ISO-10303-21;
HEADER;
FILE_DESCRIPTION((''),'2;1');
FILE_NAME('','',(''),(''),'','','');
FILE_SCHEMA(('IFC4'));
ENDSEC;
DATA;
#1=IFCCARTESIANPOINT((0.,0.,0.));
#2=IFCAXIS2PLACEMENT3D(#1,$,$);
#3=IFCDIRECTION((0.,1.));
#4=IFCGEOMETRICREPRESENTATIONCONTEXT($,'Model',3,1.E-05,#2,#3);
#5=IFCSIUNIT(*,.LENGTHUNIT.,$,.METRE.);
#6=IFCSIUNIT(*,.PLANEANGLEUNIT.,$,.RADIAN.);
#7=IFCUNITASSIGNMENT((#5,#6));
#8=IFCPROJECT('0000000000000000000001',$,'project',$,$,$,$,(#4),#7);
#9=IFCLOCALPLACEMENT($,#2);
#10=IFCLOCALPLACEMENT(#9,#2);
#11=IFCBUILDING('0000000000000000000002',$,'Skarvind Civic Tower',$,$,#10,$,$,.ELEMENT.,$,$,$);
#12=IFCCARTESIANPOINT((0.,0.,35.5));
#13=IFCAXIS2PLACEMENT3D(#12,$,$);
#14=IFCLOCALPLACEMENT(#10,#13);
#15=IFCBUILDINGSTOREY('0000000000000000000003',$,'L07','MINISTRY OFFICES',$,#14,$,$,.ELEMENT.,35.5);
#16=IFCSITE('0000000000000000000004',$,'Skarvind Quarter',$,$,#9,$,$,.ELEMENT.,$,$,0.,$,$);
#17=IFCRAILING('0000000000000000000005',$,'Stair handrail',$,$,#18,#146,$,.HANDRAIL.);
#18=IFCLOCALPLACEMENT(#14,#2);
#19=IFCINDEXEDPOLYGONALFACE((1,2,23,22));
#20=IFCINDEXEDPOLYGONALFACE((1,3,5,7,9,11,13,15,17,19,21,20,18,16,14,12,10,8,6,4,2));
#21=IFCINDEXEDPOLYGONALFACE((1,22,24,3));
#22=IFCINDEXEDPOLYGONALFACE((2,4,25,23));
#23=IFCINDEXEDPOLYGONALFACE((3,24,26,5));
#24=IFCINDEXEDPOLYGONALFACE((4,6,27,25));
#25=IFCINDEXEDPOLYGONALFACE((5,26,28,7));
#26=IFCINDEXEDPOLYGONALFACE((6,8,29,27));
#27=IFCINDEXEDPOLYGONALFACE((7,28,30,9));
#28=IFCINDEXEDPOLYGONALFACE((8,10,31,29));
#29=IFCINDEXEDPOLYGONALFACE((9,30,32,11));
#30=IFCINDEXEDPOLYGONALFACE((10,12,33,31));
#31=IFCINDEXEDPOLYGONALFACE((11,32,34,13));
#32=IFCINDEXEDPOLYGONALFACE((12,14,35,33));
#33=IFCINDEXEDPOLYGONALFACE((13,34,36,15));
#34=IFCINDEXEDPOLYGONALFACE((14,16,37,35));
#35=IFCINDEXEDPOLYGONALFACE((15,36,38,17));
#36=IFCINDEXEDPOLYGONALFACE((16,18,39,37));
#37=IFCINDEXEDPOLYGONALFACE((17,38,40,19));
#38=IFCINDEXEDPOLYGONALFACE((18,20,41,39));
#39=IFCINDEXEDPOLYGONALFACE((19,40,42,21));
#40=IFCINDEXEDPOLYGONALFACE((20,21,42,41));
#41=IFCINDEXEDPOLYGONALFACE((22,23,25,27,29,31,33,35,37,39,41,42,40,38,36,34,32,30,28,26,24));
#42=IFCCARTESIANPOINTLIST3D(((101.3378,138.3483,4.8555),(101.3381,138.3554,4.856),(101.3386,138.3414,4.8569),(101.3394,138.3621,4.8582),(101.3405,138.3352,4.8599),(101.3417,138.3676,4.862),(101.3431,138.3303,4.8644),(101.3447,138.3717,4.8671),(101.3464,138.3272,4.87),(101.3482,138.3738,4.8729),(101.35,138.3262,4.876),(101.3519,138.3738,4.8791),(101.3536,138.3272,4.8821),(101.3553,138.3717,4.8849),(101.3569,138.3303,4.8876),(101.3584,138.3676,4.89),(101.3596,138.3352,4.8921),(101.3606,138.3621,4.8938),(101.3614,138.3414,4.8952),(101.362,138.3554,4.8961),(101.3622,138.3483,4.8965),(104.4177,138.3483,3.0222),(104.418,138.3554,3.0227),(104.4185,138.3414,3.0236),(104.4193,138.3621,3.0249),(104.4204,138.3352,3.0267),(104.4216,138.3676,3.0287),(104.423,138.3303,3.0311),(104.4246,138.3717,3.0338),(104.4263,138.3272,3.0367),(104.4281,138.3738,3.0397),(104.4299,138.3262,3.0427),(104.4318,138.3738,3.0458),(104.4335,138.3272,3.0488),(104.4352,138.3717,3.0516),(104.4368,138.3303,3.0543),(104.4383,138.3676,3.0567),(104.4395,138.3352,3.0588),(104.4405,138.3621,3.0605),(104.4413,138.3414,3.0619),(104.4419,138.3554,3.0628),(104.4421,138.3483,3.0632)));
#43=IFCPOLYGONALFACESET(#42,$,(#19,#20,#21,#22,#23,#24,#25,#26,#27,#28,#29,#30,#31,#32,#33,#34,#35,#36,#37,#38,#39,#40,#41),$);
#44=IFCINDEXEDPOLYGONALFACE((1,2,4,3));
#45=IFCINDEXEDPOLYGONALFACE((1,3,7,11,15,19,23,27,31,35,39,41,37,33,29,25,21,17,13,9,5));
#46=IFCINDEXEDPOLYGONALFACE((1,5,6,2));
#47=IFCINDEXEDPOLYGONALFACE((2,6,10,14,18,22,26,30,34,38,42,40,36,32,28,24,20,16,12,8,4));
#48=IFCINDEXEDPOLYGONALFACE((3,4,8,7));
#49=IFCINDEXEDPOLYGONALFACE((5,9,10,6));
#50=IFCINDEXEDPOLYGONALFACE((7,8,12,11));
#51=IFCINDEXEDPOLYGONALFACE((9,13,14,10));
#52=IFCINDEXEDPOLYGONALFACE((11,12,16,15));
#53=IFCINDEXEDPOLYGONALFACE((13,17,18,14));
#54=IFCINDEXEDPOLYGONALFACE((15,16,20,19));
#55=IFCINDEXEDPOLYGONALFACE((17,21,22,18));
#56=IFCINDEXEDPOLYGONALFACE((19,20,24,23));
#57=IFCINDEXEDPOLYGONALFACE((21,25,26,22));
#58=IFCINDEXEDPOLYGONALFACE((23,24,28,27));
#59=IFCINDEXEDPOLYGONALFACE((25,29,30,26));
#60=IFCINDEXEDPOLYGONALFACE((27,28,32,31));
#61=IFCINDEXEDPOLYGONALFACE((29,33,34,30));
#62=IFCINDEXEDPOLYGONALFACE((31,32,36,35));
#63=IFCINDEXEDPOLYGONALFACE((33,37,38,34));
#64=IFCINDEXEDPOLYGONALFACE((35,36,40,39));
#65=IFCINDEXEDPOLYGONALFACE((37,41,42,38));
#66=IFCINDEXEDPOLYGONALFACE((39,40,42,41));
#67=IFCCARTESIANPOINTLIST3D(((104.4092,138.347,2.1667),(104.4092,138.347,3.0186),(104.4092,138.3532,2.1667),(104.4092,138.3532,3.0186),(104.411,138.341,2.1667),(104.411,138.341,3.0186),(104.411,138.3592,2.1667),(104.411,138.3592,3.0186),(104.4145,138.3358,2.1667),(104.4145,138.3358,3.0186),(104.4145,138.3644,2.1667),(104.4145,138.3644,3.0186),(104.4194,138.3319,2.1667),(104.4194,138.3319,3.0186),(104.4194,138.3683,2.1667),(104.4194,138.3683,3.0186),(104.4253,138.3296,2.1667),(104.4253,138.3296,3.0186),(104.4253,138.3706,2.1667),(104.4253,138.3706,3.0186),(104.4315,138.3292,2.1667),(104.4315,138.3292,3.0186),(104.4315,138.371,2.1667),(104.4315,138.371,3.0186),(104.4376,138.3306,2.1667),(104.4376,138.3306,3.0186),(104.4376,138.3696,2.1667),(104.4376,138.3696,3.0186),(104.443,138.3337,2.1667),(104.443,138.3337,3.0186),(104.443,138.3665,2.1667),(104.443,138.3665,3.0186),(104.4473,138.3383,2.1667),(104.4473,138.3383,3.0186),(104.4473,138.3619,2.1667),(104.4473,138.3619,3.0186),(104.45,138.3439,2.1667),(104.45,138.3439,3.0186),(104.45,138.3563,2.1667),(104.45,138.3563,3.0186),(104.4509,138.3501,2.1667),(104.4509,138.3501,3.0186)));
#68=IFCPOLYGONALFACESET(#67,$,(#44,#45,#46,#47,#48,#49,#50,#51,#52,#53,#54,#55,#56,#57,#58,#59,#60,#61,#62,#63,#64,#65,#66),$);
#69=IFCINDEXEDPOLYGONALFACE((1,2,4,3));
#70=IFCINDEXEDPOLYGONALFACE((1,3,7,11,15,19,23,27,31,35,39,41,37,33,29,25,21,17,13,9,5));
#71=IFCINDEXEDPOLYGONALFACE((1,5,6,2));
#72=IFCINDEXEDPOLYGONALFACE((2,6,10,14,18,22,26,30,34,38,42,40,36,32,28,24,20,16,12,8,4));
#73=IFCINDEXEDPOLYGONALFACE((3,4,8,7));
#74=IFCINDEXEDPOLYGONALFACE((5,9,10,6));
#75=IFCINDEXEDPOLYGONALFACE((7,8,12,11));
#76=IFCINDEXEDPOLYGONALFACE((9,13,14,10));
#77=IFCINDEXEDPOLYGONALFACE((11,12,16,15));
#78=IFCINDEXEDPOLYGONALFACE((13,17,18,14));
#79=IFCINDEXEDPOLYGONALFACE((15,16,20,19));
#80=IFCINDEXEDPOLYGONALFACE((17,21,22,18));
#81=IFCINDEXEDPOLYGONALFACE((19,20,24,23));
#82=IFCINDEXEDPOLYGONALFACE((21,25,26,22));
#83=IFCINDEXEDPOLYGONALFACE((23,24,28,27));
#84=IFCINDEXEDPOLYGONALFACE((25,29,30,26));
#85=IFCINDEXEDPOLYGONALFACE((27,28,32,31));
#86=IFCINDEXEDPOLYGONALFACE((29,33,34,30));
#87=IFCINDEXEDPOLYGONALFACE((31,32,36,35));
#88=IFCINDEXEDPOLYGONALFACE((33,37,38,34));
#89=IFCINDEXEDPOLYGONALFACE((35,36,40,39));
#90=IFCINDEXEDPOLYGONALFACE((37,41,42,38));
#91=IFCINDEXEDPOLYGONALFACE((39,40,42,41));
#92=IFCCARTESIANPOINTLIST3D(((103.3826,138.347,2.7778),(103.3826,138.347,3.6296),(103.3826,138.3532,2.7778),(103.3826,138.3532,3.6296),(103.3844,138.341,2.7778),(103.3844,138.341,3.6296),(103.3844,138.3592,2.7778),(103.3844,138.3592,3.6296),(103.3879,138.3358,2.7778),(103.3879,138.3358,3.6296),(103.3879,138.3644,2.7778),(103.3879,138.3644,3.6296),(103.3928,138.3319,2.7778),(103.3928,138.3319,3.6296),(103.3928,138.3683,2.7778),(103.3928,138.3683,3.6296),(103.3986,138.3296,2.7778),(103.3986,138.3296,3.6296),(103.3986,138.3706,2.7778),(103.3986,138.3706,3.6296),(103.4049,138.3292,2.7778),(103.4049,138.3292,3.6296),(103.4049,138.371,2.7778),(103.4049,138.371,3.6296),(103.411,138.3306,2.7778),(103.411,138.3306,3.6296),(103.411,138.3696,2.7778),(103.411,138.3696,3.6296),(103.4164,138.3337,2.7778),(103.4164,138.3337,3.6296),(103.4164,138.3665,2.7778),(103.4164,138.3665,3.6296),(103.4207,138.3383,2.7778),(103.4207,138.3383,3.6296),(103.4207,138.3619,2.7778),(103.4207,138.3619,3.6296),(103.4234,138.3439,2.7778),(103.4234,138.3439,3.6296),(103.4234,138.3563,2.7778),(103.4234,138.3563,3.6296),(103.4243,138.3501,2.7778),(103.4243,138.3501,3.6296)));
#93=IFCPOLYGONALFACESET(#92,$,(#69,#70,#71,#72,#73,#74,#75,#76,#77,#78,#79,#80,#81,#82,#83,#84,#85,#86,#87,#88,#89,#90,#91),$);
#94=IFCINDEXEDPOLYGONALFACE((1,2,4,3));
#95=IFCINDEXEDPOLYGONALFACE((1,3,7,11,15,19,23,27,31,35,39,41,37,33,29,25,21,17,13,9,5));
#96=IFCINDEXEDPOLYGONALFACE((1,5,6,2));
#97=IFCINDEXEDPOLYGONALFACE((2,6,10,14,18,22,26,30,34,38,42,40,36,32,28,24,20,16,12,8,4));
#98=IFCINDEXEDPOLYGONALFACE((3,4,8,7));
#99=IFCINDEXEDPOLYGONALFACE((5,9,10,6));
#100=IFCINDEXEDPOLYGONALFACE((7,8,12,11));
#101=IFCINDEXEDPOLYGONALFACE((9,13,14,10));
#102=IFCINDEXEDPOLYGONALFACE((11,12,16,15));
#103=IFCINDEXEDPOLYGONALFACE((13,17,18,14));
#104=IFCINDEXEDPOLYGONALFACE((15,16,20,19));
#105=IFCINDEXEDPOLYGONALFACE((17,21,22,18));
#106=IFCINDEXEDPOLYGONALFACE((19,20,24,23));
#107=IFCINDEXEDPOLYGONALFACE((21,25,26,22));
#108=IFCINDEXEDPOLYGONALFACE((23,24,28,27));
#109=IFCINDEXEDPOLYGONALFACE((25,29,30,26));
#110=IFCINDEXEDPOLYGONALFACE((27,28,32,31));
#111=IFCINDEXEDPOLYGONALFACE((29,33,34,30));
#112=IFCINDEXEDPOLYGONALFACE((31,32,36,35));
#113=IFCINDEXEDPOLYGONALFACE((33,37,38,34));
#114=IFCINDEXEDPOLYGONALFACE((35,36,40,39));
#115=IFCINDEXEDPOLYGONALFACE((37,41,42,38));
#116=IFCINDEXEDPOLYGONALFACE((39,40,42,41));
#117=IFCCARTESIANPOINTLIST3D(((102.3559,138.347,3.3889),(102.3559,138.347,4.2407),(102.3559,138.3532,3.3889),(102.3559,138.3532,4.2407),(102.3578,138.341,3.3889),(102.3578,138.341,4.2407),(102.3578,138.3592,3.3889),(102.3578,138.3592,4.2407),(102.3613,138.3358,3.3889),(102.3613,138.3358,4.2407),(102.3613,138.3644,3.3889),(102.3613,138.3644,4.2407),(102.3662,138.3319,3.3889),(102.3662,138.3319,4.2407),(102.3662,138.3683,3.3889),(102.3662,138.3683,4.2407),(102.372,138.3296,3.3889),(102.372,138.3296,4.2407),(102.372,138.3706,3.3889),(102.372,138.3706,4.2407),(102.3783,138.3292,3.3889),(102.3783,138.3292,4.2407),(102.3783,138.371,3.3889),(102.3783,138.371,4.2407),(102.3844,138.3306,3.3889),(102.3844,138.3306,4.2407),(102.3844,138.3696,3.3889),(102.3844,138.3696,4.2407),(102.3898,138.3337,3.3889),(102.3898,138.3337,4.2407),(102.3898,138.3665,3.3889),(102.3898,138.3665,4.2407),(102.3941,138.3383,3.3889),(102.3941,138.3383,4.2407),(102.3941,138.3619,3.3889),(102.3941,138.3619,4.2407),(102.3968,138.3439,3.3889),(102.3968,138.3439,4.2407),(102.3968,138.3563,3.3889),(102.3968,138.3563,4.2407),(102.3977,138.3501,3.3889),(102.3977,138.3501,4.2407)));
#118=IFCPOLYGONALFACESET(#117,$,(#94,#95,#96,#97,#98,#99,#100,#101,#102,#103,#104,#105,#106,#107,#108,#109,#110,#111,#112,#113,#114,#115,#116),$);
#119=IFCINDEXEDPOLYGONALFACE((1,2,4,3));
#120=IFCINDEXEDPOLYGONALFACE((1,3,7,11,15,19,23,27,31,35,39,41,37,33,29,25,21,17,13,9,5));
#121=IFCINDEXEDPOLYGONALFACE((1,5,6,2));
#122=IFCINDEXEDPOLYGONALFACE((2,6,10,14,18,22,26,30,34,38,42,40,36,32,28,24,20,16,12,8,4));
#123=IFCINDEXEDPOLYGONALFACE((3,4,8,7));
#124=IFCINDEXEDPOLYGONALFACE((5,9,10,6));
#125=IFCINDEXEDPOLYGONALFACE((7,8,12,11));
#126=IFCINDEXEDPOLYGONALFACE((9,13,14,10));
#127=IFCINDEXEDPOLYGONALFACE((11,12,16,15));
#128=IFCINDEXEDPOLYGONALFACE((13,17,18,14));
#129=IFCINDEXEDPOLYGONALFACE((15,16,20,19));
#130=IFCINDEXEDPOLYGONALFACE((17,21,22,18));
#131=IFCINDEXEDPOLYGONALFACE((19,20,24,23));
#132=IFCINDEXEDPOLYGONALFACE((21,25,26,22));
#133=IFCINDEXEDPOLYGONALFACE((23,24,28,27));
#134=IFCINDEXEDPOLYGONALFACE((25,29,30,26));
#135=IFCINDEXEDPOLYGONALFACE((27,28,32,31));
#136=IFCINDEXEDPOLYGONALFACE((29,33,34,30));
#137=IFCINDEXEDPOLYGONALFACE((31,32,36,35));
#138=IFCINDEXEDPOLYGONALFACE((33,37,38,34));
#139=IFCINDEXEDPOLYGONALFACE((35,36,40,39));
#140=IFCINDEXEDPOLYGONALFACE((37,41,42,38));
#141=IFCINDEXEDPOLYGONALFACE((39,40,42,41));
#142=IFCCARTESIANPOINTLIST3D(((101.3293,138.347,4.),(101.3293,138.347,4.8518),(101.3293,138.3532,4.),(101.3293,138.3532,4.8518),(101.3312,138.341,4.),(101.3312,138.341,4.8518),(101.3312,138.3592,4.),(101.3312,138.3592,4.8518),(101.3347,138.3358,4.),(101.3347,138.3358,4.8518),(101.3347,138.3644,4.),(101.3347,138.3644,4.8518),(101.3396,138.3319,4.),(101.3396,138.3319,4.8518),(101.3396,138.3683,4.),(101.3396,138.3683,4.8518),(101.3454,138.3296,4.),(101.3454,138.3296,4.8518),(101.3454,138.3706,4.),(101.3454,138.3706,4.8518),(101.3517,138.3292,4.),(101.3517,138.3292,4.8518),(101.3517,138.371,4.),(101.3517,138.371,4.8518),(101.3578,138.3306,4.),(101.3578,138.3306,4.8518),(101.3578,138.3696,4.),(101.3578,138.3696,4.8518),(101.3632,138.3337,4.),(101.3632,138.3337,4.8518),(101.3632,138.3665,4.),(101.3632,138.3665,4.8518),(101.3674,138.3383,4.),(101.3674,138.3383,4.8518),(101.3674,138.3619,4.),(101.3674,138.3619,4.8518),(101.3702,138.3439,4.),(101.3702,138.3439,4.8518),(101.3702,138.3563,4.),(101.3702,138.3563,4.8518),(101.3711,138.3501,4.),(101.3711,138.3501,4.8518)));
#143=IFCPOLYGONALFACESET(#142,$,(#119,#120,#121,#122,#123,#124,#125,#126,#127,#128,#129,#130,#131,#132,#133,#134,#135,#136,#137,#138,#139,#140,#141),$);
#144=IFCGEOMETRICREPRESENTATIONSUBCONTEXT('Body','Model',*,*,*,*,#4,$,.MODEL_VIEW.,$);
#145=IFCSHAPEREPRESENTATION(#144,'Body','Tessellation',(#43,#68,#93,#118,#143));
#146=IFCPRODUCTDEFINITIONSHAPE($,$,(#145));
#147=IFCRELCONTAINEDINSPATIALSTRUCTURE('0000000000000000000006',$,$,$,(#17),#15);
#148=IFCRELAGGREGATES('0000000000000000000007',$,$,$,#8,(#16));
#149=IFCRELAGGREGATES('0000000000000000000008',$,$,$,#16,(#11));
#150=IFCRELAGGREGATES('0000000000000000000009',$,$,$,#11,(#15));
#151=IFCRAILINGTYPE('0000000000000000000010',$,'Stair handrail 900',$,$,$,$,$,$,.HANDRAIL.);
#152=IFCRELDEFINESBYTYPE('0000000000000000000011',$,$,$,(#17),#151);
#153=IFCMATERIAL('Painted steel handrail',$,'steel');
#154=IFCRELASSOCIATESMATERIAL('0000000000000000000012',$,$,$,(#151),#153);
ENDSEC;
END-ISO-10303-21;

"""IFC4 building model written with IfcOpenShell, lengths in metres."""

from ifc_helpers import new_model, si_unit, direction, frame, origin, origin_2d, place, context, subcontext, project, spatial, circle, extrude, material, type_object, element, save


model = new_model("IFC4")

# Units and contexts
model_context = context("Model", 3, precision=1e-05, world=origin(), true_north=direction((0.0, 1.0)))
body_context = subcontext(model_context, "Body", "Model", "MODEL_VIEW")
ifc_project = project(units=[si_unit("LENGTHUNIT", "METRE"), si_unit("PLANEANGLEUNIT", "RADIAN")], contexts=[model_context])

# Site, building, storey
site_placement = place(None, origin())
site = spatial("IfcSite", under=ifc_project, at=site_placement, Name="Skarvind Quarter", CompositionType="ELEMENT", RefElevation=0.0)
building_placement = place(site_placement, origin())
building = spatial("IfcBuilding", under=site, at=building_placement, Name="Skarvind Civic Tower", CompositionType="ELEMENT")
storey_placement = place(building_placement, frame((0.0, 0.0, 35.5)))
storey = spatial("IfcBuildingStorey", under=building, at=storey_placement, Name="L07", Description="MINISTRY OFFICES", CompositionType="ELEMENT", Elevation=35.5)

# Railing
ifc_material_1 = material(Name="Painted steel handrail", Category="steel")
railing_type = type_object("IfcRailingType", Name="Stair handrail 900", PredefinedType="HANDRAIL", material=ifc_material_1)
railing_1_placement = place(storey_placement, frame((104.4299, 138.3501, 2.1667)))
element("IfcRailing", 1, at=railing_1_placement, inside=storey, type_object=railing_type, Name="Stair handrail", PredefinedType="HANDRAIL", context=body_context, shape_type="SweptSolid", body=[
    extrude(circle(Radius=0.0239, at=origin_2d()), frame((0.0, 0.0, 0.876), z_axis=(-0.859291, 0.0, 0.511487), x_axis=(0.0, -1.0, 0.0)), (0.0, 0.0, 1.0), 3.5842),
    extrude(circle(Radius=0.021, at=origin_2d()), origin(), (0.0, 0.0, 1.0), 0.8518),
    extrude(circle(Radius=0.021, at=origin_2d()), frame((-1.0266, 0.0, 0.6111)), (0.0, 0.0, 1.0), 0.8518),
    extrude(circle(Radius=0.021, at=origin_2d()), frame((-2.0532, 0.0, 1.2222)), (0.0, 0.0, 1.0), 0.8518),
    extrude(circle(Radius=0.021, at=origin_2d()), frame((-3.0798, 0.0, 1.8333)), (0.0, 0.0, 1.0), 0.8518),
])

save(model, "model.ifc")
